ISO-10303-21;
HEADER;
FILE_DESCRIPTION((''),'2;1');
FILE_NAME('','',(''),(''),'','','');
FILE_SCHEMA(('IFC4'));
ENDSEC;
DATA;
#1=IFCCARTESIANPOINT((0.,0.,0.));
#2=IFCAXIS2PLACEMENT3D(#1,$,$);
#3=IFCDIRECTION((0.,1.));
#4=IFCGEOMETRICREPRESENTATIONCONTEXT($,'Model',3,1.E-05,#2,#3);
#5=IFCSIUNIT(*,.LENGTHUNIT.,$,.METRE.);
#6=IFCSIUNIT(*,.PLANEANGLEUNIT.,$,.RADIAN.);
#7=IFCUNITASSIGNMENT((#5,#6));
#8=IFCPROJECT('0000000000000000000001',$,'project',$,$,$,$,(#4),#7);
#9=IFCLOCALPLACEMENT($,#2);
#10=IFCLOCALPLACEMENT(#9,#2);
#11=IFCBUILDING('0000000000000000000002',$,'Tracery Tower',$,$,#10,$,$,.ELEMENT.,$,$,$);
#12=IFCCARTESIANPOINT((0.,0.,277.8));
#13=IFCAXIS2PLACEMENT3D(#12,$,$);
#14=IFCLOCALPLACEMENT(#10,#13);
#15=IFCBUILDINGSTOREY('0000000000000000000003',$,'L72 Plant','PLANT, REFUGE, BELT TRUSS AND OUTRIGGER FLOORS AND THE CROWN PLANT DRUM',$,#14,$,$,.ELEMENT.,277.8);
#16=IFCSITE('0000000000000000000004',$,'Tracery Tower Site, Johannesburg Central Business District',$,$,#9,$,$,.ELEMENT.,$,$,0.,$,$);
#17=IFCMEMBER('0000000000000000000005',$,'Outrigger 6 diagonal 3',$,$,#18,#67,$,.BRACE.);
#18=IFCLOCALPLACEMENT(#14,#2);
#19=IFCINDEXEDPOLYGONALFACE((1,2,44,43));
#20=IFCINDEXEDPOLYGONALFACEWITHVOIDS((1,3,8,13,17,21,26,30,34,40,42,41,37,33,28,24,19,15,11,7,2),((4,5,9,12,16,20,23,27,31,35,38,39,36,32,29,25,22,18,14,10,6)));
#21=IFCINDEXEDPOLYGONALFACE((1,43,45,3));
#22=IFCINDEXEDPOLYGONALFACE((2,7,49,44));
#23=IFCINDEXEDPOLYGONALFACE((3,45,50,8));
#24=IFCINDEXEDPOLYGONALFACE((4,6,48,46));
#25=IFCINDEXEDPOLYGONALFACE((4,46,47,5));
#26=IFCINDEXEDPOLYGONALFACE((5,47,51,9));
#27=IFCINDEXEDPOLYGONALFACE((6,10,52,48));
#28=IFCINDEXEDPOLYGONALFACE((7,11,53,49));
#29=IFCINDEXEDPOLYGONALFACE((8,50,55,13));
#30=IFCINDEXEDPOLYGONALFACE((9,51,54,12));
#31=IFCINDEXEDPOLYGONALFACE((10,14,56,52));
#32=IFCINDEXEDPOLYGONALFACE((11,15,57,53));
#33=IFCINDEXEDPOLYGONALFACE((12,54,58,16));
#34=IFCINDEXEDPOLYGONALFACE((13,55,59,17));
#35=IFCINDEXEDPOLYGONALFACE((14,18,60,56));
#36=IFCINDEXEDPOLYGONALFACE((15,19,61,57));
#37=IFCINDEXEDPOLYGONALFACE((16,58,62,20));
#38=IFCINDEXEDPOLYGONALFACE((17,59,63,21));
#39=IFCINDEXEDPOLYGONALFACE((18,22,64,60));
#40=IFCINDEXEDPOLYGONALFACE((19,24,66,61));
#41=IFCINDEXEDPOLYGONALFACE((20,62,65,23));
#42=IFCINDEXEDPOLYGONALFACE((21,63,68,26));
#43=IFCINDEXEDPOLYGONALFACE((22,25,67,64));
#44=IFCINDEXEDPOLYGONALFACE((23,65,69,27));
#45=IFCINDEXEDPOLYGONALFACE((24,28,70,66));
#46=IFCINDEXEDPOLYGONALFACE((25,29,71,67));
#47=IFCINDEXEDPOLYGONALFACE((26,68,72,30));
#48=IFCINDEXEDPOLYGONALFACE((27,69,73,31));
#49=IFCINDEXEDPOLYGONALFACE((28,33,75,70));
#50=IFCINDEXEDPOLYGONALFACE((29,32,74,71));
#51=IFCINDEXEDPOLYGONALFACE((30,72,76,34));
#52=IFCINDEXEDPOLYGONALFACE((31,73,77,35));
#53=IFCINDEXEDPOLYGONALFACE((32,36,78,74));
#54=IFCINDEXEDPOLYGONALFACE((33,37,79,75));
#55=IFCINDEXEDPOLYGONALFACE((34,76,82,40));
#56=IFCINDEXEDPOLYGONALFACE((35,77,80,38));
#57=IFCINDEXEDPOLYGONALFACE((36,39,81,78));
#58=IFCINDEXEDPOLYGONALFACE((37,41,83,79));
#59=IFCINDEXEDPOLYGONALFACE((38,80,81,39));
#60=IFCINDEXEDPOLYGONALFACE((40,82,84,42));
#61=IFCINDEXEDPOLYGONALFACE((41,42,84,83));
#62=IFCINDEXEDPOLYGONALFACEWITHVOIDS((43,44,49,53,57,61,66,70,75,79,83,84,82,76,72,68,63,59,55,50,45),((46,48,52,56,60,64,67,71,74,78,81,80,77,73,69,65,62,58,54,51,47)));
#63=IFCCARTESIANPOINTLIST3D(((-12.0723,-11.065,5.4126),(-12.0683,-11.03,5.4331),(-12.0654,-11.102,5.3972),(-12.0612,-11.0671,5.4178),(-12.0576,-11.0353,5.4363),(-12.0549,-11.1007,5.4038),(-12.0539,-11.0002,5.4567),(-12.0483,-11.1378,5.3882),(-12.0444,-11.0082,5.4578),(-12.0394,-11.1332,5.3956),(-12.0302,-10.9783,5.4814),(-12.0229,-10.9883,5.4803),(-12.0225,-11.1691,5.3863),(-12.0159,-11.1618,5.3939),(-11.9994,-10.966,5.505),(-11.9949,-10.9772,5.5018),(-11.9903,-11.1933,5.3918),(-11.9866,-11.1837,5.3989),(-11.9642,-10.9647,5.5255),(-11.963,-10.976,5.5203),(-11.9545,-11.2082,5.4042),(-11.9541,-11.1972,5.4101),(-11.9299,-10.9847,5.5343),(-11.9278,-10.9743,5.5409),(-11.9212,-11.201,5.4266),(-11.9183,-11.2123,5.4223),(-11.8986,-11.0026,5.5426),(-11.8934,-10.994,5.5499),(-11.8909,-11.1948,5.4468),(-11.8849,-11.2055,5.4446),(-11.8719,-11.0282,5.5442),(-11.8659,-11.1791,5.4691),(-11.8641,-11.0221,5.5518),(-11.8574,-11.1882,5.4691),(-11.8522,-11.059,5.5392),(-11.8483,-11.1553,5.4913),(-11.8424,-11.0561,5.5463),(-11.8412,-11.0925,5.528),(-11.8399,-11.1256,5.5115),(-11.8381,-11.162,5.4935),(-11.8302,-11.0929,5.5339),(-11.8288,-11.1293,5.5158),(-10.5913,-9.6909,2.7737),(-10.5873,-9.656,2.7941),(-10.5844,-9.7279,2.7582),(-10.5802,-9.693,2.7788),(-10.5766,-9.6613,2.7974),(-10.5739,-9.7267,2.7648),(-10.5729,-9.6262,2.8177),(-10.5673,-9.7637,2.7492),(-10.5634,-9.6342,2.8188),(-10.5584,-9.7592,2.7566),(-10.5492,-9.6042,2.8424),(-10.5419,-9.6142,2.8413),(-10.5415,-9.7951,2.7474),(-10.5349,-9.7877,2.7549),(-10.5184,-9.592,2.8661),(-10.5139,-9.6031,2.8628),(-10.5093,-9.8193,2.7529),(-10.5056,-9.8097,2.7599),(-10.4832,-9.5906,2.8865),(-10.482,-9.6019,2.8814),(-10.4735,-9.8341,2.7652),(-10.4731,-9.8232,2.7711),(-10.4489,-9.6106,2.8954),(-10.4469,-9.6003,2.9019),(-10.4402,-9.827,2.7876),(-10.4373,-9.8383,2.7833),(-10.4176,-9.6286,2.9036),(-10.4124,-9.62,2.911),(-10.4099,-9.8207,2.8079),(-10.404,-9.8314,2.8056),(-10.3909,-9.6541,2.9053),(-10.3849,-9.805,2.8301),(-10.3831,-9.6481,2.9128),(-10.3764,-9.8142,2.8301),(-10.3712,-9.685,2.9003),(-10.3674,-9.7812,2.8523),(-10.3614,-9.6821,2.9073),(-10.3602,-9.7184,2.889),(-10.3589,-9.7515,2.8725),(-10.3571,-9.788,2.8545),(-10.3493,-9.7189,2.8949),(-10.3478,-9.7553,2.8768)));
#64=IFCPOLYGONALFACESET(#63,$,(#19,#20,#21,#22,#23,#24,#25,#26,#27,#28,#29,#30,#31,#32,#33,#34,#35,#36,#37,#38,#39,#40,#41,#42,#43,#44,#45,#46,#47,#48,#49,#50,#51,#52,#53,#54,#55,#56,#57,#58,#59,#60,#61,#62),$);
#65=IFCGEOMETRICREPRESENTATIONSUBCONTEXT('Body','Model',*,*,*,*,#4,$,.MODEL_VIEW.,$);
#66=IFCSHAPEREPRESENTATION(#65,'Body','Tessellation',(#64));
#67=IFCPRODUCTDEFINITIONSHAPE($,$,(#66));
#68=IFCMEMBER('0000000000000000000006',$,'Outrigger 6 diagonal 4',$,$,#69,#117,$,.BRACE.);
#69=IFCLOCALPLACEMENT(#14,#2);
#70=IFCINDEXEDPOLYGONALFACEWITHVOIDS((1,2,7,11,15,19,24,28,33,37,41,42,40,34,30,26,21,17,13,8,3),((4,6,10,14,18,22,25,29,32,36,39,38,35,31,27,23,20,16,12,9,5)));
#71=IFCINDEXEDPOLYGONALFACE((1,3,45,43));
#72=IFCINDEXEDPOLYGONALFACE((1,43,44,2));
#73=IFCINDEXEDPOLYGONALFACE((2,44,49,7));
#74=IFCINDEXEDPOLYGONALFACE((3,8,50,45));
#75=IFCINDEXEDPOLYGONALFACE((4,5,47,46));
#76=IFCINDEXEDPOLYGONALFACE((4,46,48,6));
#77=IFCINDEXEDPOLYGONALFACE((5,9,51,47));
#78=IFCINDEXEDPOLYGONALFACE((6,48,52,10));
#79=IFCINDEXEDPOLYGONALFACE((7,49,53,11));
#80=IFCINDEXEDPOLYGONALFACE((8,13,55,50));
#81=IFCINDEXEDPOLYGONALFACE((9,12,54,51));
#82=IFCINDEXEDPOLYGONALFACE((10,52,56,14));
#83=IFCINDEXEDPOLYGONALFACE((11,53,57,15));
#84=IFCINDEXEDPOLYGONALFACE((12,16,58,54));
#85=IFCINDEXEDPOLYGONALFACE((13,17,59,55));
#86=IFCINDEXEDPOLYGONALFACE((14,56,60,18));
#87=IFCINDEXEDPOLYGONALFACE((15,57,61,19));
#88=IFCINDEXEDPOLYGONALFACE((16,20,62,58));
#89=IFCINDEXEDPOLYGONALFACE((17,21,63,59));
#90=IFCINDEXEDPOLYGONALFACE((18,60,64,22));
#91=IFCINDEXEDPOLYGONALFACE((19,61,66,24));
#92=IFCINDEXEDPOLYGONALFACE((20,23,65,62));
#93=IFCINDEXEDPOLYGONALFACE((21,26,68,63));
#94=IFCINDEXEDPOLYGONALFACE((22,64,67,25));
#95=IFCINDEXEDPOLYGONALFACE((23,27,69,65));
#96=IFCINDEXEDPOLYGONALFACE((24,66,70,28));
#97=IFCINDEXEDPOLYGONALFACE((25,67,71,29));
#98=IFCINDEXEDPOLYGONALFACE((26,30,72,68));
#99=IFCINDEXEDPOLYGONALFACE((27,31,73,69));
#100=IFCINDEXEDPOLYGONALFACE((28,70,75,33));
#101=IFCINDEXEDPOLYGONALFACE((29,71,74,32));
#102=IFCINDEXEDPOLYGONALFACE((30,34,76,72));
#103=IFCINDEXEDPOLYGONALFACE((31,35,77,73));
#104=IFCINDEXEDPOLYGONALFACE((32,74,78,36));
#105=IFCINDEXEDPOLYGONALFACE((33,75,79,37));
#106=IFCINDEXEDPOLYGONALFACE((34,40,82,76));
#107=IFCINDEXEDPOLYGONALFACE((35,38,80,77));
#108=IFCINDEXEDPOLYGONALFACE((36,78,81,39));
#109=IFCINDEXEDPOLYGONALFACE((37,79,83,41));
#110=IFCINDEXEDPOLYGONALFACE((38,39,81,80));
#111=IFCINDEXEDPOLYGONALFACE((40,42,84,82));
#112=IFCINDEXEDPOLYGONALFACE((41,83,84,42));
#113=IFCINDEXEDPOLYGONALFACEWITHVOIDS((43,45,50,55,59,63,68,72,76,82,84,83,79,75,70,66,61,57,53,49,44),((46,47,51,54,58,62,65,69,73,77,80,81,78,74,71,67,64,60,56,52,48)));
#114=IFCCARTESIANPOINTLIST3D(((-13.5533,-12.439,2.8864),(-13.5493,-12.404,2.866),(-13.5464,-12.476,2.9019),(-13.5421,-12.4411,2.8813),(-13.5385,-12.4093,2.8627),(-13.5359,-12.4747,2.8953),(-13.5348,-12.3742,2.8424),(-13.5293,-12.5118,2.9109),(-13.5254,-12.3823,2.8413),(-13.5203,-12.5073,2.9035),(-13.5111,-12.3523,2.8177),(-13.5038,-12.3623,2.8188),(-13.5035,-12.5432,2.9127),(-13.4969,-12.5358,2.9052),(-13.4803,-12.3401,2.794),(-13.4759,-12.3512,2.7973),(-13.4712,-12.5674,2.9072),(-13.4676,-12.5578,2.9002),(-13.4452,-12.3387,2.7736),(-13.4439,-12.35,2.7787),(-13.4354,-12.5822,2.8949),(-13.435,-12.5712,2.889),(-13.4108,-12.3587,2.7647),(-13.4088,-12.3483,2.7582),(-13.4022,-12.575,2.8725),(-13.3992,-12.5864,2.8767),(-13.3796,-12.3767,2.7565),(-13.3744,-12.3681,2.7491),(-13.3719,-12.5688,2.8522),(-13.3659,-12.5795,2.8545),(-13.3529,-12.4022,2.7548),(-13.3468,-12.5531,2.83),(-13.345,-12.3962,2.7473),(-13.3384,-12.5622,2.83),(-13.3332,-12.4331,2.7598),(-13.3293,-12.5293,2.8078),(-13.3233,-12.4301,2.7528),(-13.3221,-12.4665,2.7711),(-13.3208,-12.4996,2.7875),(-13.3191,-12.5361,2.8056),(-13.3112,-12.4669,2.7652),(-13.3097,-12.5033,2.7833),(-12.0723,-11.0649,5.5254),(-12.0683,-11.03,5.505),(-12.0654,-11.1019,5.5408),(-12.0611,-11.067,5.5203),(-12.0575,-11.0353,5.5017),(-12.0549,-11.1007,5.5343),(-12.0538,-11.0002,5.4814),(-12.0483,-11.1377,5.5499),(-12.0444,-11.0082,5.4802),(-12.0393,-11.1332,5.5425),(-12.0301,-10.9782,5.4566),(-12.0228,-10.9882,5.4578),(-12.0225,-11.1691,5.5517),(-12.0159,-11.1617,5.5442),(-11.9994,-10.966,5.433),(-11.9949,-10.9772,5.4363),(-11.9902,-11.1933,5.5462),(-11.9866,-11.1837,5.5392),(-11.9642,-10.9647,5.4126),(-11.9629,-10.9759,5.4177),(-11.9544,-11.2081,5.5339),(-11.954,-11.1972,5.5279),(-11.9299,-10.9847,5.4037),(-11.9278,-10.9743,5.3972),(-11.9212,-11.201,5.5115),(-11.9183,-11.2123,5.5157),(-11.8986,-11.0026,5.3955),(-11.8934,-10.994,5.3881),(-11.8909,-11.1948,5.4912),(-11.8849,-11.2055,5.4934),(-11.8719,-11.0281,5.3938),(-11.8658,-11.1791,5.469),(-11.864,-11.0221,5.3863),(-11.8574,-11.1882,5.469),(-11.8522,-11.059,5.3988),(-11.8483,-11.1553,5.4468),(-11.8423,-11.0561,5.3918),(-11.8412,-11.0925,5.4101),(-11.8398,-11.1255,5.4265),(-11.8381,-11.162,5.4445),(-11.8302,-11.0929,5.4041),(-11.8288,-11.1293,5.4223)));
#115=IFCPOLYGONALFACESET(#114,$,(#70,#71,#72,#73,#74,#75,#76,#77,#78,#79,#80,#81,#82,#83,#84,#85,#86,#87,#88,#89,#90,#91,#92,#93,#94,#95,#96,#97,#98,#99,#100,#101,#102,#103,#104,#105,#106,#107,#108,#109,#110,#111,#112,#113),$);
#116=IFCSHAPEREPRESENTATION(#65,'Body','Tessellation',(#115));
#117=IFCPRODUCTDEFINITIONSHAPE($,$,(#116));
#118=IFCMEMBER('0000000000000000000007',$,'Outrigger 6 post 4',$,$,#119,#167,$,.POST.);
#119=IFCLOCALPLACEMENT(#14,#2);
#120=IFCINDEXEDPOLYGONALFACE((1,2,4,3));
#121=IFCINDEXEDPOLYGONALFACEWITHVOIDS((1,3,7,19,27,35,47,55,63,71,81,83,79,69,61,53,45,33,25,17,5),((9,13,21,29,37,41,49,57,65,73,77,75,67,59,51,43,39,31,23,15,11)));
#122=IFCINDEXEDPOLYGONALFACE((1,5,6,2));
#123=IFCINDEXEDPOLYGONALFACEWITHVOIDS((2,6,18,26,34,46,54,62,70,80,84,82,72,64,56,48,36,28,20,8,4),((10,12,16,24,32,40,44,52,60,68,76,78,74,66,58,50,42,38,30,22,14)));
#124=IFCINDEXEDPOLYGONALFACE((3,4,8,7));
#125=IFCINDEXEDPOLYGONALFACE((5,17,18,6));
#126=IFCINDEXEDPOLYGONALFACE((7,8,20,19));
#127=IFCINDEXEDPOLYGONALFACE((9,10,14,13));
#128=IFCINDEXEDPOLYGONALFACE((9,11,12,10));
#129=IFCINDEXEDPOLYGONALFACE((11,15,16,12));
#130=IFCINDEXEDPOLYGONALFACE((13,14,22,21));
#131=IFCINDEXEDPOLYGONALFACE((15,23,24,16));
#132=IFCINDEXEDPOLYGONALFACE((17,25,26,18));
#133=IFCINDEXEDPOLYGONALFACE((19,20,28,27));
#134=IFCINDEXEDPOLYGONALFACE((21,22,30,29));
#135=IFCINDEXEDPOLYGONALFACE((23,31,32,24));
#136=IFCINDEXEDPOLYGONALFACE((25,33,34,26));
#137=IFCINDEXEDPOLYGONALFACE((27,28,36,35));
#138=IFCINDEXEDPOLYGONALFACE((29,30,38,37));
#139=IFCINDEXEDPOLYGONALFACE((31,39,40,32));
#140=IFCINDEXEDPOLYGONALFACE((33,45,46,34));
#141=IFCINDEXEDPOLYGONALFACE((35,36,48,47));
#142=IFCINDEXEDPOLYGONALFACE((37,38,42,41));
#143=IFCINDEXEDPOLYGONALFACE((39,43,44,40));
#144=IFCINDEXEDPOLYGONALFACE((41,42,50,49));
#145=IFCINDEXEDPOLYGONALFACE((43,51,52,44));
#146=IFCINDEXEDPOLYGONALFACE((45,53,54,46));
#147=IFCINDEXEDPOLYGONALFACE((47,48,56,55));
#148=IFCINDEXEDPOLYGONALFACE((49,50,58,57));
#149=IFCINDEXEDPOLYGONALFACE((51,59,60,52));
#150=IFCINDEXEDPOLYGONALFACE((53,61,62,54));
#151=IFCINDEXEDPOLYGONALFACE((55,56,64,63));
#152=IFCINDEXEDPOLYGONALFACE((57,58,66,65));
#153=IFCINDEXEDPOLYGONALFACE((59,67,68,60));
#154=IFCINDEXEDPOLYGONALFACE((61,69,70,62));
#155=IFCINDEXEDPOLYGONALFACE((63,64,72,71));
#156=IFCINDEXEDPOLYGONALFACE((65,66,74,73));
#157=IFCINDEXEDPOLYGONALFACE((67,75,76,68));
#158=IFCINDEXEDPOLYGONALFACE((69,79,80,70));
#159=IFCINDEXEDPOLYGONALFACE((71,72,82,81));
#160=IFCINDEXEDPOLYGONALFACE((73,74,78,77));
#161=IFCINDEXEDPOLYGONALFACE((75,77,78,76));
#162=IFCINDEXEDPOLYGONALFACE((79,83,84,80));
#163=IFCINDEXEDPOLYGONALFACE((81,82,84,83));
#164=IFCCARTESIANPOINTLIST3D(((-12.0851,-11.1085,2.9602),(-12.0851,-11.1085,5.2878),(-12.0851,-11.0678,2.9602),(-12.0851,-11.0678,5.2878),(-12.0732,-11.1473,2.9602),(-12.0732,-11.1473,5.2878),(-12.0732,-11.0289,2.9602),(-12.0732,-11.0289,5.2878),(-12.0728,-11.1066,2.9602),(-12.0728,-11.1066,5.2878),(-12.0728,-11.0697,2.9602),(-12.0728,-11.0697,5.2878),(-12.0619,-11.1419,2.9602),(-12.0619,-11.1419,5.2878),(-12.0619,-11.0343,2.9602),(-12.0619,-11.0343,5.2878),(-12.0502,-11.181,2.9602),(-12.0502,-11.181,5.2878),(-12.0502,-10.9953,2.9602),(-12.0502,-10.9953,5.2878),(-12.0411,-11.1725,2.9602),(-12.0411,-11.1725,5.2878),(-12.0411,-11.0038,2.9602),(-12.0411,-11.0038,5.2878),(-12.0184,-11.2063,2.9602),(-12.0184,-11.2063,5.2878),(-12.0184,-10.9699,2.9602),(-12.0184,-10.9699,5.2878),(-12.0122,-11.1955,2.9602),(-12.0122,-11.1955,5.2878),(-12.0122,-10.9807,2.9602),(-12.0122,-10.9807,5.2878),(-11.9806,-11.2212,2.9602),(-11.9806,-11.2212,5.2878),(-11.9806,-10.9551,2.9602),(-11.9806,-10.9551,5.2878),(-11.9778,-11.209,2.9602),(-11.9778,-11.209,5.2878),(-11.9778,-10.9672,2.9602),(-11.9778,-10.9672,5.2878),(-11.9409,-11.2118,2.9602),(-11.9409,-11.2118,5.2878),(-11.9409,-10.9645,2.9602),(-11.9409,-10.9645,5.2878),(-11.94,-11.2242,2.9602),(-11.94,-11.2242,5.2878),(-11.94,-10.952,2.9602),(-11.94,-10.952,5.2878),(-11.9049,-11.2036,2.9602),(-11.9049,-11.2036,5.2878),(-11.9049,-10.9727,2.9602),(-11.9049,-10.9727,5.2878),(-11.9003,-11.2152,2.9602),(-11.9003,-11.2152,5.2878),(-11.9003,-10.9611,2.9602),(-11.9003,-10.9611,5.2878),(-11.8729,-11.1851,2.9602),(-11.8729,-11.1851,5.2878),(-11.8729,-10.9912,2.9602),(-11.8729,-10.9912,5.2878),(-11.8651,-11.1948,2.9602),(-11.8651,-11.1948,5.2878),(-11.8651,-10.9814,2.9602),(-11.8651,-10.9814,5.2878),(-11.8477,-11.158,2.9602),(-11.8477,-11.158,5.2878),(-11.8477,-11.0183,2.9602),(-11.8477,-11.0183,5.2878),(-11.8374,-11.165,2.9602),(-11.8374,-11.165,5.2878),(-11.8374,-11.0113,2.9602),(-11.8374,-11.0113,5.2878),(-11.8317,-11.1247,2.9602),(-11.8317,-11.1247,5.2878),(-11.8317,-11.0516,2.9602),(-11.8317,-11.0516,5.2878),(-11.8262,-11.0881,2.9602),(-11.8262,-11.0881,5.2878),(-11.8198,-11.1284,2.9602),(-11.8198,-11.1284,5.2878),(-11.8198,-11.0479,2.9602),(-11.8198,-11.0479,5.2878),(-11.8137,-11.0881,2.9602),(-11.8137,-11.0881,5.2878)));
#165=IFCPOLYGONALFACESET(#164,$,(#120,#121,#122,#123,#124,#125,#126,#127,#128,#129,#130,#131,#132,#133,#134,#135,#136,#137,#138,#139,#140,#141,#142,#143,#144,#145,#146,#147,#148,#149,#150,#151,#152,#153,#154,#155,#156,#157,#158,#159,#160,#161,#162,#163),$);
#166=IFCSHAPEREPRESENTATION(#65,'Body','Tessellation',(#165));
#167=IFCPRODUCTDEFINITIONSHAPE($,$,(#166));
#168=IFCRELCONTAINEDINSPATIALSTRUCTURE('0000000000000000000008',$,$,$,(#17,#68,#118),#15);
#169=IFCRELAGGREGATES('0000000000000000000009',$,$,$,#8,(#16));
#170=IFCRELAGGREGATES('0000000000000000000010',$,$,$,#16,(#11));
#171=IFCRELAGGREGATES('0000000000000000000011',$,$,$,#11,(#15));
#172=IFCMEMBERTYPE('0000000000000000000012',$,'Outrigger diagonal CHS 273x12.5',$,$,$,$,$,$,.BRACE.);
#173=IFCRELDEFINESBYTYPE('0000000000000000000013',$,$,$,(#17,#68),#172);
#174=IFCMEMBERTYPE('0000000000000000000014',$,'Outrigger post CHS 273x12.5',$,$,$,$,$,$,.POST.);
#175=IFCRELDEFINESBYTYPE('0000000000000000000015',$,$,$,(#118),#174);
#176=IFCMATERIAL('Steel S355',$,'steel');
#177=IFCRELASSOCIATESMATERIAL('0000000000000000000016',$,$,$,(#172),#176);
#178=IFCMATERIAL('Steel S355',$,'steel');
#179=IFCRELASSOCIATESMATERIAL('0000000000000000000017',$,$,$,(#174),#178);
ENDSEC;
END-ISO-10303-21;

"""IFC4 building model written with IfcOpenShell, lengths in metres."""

from ifc_helpers import new_model, si_unit, direction, frame, origin, origin_2d, place, context, subcontext, project, spatial, hollow_circle, extrude, material, material_profile, profile_set, type_object, element, save


model = new_model("IFC4")

# Units and contexts
model_context = context("Model", 3, precision=1e-05, world=origin(), true_north=direction((0.0, 1.0)))
body_context = subcontext(model_context, "Body", "Model", "MODEL_VIEW")
ifc_project = project(units=[si_unit("LENGTHUNIT", "METRE"), si_unit("PLANEANGLEUNIT", "RADIAN")], contexts=[model_context])

# Site, building, storey
site_placement = place(None, origin())
site = spatial("IfcSite", under=ifc_project, at=site_placement, Name="Tracery Tower Site, Johannesburg Central Business District", CompositionType="ELEMENT", RefElevation=0.0)
building_placement = place(site_placement, origin())
building = spatial("IfcBuilding", under=site, at=building_placement, Name="Tracery Tower", CompositionType="ELEMENT")
storey_placement = place(building_placement, frame((0.0, 0.0, 277.8)))
storey = spatial("IfcBuildingStorey", under=building, at=storey_placement, Name="L72 Plant", Description="PLANT, REFUGE, BELT TRUSS AND OUTRIGGER FLOORS AND THE CROWN PLANT DRUM", CompositionType="ELEMENT", Elevation=277.8)

# Members
ifc_material_1 = material(Name="Steel S355", Category="steel")
ifc_material_profile_1 = material_profile(ifc_material_1, hollow_circle(Radius=0.1365, WallThickness=0.0125, at=origin_2d()), Name="CHS 273x12.5")
ifc_profile_set_1 = profile_set([ifc_material_profile_1], Name="Steel S355")
member_type_1 = type_object("IfcMemberType", Name="Outrigger diagonal CHS 273x12.5", PredefinedType="BRACE", material=ifc_profile_set_1)
for number, where, z_axis, x_axis, name in (
    (1, (-10.4692, -9.7141, 2.8301), (-0.445614, -0.413438, 0.794039), (0.680145, -0.733078, 0.0), "Outrigger 6 diagonal 3"),
    (2, (-11.9502, -11.0881, 5.469), (-0.445614, -0.413438, -0.794039), (0.680145, -0.733078, 0.0), "Outrigger 6 diagonal 4"),
):
    element("IfcMember", number, at=place(storey_placement, frame(where, z_axis=z_axis, x_axis=x_axis)), inside=storey, type_object=member_type_1, Name=name, PredefinedType="BRACE", context=body_context, shape_type="SweptSolid", body=[
        extrude(hollow_circle(Radius=0.1365, WallThickness=0.0125, at=origin_2d()), origin(), (0.0, 0.0, 1.0), 3.3235),
    ])
ifc_material_2 = material(Name="Steel S355", Category="steel")
ifc_material_profile_2 = material_profile(ifc_material_2, hollow_circle(Radius=0.1365, WallThickness=0.0125, at=origin_2d()), Name="CHS 273x12.5")
ifc_profile_set_2 = profile_set([ifc_material_profile_2], Name="Steel S355")
member_type_2 = type_object("IfcMemberType", Name="Outrigger post CHS 273x12.5", PredefinedType="POST", material=ifc_profile_set_2)
for number, where, z_axis, x_axis, name in (
    (3, (-11.9502, -11.0881, 2.9602), (0.0, 0.0, 1.0), (1.0, 0.0, 0.0), "Outrigger 6 post 4"),
):
    element("IfcMember", number, at=place(storey_placement, frame(where, z_axis=z_axis, x_axis=x_axis)), inside=storey, type_object=member_type_2, Name=name, PredefinedType="POST", context=body_context, shape_type="SweptSolid", body=[
        extrude(hollow_circle(Radius=0.1365, WallThickness=0.0125, at=origin_2d()), origin(), (0.0, 0.0, 1.0), 2.3276),
    ])

save(model, "model.ifc")
